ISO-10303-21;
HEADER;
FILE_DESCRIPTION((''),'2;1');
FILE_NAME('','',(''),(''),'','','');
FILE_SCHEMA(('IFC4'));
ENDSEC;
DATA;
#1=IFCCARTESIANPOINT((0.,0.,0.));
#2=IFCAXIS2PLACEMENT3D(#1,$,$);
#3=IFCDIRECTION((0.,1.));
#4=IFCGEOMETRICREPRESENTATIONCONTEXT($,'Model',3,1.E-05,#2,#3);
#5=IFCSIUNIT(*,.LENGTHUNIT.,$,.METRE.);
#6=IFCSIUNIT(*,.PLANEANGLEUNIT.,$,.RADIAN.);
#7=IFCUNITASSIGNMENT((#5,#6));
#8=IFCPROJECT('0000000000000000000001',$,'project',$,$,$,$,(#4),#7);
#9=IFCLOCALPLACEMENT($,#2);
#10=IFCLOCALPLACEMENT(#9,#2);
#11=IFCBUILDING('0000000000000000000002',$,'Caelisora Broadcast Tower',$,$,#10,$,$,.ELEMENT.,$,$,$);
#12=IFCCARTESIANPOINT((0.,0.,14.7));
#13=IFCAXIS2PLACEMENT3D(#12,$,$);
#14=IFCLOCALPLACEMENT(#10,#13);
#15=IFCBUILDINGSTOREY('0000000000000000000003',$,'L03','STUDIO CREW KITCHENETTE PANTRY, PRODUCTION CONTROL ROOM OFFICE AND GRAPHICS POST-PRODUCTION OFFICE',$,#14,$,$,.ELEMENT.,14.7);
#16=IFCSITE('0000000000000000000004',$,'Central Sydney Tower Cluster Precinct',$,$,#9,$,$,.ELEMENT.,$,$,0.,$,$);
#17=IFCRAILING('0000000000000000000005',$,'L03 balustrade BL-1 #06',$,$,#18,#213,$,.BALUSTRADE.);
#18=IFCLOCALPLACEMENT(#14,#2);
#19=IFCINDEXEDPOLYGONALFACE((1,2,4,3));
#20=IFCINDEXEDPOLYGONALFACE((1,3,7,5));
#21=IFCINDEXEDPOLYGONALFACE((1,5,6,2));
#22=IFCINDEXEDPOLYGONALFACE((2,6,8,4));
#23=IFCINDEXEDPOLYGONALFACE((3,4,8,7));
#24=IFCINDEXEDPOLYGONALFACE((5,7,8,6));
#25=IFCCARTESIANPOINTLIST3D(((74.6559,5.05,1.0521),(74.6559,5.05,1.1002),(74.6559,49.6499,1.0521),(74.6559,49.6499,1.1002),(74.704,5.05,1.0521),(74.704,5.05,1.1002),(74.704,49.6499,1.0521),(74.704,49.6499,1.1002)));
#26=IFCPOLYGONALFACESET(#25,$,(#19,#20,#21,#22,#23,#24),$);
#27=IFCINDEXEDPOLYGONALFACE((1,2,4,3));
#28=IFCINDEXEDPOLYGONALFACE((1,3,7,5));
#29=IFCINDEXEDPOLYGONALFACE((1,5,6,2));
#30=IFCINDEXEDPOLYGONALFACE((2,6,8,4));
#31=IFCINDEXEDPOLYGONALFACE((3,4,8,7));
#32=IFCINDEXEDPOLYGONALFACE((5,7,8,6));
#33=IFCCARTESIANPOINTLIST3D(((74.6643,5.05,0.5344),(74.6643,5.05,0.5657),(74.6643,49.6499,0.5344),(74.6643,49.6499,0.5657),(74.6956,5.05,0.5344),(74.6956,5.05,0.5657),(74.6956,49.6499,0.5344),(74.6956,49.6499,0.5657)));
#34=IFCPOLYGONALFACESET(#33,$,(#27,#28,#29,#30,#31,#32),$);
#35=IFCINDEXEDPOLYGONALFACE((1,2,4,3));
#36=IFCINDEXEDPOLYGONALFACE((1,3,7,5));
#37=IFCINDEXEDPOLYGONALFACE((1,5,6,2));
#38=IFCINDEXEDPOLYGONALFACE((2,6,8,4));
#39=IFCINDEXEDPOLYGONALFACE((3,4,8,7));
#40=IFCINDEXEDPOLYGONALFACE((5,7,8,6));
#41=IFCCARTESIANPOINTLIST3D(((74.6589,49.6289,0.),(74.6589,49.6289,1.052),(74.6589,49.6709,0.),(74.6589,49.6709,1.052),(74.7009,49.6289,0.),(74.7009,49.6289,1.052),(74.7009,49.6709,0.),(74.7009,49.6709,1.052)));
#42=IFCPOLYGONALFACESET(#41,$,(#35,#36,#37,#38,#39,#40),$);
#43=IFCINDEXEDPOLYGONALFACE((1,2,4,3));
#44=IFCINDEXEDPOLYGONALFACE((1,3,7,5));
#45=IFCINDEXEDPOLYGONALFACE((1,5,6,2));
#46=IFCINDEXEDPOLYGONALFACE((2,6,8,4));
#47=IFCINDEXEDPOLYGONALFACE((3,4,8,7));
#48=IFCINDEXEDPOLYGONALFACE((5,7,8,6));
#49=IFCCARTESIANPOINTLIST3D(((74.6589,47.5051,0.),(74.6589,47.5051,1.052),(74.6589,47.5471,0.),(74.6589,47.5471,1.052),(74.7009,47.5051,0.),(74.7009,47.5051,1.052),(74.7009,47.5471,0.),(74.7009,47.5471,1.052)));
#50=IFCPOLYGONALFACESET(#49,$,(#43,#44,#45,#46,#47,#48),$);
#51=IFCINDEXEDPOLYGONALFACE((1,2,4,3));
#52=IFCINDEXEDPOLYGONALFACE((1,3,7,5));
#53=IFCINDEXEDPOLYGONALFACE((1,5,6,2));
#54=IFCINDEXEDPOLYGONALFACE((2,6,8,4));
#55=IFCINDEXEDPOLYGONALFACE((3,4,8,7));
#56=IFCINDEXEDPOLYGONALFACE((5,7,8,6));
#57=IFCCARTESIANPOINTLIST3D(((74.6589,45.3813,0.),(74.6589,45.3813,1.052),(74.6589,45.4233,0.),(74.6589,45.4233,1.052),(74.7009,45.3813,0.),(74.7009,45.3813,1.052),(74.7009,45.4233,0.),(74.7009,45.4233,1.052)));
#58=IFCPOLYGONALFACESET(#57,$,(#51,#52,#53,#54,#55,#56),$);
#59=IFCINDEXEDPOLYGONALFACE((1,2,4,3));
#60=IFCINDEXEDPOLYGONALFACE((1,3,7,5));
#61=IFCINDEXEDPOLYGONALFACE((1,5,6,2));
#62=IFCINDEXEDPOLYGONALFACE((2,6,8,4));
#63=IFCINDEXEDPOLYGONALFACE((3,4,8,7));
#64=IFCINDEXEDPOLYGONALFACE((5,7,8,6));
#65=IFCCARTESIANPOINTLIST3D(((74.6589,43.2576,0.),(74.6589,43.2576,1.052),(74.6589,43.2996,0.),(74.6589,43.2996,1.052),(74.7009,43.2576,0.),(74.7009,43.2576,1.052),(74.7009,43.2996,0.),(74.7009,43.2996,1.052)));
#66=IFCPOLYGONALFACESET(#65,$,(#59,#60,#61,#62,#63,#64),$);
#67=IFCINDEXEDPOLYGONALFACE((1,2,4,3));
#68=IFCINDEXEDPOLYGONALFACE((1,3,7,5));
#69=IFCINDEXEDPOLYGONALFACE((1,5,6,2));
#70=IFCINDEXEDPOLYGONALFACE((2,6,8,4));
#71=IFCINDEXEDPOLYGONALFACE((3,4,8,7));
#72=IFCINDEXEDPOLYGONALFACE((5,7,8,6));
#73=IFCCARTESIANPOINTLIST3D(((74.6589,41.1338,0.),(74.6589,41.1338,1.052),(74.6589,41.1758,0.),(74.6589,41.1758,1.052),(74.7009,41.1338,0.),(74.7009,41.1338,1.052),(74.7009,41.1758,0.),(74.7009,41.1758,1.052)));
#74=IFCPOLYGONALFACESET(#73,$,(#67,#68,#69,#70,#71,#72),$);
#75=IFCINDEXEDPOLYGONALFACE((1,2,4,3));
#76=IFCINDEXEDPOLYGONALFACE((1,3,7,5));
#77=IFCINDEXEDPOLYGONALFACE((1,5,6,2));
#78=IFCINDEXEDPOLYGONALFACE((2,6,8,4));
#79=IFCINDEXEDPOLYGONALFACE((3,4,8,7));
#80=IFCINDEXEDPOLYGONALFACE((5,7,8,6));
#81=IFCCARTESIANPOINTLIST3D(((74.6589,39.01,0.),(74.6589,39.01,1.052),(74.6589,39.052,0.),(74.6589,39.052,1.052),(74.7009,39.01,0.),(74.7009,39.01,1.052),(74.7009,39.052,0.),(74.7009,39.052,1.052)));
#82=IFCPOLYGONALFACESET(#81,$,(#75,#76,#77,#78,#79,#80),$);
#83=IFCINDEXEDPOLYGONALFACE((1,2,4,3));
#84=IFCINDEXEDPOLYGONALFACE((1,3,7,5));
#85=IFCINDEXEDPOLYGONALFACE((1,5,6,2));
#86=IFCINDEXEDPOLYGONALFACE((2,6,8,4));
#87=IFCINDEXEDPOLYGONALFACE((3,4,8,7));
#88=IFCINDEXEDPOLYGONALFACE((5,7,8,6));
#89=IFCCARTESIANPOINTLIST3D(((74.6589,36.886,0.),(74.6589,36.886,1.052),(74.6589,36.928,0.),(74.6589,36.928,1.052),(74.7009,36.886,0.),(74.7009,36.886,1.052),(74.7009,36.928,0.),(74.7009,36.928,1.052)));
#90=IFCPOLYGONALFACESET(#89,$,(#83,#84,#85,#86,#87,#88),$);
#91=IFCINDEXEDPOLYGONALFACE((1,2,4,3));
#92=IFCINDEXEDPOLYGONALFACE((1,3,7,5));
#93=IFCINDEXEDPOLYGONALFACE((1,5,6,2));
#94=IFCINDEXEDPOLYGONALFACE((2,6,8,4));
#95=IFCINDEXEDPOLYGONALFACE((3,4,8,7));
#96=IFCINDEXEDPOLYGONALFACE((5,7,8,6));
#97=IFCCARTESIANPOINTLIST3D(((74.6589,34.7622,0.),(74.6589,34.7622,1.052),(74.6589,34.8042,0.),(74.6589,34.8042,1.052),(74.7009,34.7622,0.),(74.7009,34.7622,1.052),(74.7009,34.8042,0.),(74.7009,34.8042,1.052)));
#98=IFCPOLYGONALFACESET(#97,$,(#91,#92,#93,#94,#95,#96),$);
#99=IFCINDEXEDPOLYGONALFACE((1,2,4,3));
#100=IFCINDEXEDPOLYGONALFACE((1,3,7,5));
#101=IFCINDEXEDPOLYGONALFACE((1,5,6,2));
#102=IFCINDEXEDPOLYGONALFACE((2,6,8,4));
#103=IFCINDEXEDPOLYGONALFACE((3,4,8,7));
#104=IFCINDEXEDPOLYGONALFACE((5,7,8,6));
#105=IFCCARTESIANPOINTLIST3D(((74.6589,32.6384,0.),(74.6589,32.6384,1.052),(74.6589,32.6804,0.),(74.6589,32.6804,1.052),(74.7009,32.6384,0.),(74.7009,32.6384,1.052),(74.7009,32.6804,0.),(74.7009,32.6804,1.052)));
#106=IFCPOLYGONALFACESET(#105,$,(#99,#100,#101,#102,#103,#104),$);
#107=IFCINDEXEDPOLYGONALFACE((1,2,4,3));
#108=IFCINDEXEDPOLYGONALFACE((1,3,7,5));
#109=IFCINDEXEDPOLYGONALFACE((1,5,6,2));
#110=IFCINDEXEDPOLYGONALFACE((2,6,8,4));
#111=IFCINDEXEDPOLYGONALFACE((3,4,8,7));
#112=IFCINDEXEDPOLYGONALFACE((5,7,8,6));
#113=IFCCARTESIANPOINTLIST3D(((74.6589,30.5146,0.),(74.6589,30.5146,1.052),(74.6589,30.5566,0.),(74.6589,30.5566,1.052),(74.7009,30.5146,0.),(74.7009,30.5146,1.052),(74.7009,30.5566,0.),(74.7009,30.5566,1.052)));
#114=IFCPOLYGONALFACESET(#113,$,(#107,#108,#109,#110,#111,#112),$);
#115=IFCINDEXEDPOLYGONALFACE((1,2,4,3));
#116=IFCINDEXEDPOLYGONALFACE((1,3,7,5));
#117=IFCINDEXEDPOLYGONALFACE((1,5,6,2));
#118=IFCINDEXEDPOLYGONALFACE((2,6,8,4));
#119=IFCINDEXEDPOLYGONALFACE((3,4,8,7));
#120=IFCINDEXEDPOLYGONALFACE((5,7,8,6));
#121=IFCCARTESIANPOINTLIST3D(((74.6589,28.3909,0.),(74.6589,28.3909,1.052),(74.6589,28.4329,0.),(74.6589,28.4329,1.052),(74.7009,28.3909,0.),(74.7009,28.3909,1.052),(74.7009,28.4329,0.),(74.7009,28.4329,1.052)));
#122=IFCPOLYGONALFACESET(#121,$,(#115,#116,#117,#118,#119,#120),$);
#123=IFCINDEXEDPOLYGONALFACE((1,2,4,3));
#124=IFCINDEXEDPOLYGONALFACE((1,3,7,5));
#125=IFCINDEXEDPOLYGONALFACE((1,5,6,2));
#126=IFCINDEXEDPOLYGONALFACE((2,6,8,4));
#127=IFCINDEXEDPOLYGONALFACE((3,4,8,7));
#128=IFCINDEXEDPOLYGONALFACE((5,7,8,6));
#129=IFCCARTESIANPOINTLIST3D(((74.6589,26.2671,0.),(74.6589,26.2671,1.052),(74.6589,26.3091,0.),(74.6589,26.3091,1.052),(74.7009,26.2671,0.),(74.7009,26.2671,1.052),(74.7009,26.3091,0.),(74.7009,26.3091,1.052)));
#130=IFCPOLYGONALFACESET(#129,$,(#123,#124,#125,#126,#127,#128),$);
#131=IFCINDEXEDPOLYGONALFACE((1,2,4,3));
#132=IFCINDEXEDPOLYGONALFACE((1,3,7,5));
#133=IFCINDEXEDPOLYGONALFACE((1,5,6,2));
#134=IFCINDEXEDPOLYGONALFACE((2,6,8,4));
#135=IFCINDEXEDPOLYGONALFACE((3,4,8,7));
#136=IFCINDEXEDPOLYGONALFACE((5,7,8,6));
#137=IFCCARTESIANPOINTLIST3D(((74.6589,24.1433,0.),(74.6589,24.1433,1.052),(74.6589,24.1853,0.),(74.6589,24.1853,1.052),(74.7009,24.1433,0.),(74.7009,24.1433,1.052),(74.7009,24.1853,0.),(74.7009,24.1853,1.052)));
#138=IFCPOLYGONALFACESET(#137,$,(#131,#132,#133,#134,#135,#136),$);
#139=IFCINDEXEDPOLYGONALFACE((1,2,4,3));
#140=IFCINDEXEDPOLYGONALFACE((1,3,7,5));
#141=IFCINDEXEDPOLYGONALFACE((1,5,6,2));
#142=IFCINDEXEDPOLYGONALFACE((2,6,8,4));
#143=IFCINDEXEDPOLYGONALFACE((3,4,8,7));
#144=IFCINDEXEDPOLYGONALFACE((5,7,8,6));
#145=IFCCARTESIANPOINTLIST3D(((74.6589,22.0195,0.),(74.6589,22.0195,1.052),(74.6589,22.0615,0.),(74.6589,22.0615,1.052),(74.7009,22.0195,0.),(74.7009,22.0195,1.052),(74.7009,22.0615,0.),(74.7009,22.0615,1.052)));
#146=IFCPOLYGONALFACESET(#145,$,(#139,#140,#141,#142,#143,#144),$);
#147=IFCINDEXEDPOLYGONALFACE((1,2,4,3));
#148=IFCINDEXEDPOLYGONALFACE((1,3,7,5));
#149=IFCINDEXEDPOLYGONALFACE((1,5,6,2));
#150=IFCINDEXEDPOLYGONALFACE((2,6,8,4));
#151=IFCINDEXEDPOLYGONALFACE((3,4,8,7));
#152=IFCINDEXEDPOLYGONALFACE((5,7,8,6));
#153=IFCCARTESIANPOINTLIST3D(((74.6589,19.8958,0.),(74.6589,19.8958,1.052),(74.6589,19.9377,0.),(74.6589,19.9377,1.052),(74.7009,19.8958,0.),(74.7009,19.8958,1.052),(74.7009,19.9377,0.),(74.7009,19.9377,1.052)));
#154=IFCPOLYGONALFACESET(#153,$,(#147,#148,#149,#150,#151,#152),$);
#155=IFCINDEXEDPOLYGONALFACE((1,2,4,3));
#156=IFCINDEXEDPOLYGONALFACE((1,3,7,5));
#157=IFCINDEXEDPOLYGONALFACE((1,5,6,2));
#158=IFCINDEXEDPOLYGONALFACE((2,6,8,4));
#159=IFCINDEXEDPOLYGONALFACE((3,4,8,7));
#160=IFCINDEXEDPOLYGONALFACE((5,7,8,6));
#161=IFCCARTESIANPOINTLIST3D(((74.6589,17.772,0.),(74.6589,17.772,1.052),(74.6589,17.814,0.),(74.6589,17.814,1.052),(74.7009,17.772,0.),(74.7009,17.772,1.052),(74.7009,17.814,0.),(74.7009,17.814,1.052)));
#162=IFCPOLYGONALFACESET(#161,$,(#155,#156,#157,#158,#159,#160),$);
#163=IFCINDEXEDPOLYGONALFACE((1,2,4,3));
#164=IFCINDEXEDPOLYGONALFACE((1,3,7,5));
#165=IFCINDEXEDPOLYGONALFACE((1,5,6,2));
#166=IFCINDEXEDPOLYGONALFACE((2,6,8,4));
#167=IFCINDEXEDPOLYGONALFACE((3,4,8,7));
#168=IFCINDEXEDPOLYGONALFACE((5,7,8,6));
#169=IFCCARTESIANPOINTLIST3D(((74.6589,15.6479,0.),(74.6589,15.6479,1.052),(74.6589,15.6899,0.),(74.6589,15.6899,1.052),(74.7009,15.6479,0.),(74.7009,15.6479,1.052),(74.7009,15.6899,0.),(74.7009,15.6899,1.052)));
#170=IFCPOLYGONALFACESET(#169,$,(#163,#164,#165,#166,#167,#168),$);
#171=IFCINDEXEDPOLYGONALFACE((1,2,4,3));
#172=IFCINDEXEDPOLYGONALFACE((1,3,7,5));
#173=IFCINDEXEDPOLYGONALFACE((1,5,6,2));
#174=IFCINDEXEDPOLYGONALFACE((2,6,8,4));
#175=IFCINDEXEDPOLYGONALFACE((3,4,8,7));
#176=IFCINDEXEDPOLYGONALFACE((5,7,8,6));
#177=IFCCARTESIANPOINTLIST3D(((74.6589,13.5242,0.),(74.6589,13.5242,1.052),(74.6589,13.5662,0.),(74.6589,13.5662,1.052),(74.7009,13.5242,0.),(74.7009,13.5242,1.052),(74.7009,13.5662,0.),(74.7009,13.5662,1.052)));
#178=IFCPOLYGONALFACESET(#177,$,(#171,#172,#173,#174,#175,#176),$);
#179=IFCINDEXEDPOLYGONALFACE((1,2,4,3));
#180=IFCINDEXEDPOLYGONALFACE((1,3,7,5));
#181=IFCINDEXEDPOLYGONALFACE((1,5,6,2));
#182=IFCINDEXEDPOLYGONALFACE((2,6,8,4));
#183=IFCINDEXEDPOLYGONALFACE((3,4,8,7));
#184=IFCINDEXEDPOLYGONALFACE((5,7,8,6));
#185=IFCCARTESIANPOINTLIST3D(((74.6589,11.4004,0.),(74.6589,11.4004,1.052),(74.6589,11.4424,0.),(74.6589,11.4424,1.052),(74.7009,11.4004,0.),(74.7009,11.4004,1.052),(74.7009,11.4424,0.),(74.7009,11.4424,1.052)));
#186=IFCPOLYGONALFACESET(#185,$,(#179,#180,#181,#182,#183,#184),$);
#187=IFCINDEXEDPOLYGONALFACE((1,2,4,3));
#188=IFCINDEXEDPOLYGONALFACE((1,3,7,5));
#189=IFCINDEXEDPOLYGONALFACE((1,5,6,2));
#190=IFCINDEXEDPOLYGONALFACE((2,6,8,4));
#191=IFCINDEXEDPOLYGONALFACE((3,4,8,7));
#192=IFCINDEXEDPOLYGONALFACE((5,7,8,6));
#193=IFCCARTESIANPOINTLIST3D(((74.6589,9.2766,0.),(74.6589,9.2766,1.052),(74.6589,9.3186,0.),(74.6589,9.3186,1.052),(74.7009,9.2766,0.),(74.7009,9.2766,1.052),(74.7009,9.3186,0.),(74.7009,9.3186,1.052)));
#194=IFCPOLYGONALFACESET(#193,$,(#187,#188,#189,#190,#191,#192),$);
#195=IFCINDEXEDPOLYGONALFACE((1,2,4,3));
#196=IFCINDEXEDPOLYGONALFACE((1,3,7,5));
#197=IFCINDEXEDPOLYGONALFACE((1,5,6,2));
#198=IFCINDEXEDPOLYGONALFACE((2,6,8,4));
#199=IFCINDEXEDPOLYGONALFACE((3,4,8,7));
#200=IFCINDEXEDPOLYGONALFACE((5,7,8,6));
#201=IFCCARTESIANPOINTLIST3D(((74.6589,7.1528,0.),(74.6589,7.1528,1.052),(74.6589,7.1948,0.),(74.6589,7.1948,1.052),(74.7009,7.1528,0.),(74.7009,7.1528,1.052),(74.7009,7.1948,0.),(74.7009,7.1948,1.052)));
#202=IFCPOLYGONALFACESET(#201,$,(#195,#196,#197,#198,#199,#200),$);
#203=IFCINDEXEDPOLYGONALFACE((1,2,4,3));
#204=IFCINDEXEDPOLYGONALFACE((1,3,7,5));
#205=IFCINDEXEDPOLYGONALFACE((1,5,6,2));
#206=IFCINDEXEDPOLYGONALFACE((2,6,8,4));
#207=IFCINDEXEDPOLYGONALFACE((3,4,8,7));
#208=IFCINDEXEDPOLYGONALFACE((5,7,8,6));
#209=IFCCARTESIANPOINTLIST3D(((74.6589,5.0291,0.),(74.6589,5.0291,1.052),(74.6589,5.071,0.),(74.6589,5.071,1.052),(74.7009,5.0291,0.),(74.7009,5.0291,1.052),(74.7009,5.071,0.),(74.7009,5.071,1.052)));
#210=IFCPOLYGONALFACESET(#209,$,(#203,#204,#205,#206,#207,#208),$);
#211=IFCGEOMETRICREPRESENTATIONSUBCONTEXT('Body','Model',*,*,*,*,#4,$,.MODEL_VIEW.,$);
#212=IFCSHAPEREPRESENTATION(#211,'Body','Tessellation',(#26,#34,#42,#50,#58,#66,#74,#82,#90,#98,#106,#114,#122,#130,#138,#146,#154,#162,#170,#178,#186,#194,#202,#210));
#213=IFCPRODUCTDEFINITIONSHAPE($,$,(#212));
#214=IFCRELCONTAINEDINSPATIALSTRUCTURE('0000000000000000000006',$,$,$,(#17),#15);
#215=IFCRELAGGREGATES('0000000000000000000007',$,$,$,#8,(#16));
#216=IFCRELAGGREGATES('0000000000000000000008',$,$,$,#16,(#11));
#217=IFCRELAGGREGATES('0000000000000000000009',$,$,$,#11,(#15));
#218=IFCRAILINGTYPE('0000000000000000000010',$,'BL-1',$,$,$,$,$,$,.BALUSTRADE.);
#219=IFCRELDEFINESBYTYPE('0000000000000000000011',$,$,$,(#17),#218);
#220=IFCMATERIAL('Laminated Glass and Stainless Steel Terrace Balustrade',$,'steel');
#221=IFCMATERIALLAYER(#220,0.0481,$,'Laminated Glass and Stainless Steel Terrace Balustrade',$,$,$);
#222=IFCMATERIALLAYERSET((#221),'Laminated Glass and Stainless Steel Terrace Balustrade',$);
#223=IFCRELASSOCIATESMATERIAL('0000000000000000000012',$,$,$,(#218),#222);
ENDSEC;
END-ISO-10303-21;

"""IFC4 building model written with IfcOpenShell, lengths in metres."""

from ifc_helpers import new_model, si_unit, direction, frame, origin, origin_2d, place, context, subcontext, project, spatial, rectangle, extrude, material, layer, layer_set, type_object, element, save


model = new_model("IFC4")

# Units and contexts
model_context = context("Model", 3, precision=1e-05, world=origin(), true_north=direction((0.0, 1.0)))
body_context = subcontext(model_context, "Body", "Model", "MODEL_VIEW")
ifc_project = project(units=[si_unit("LENGTHUNIT", "METRE"), si_unit("PLANEANGLEUNIT", "RADIAN")], contexts=[model_context])

# Site, building, storey
site_placement = place(None, origin())
site = spatial("IfcSite", under=ifc_project, at=site_placement, Name="Central Sydney Tower Cluster Precinct", CompositionType="ELEMENT", RefElevation=0.0)
building_placement = place(site_placement, origin())
building = spatial("IfcBuilding", under=site, at=building_placement, Name="Caelisora Broadcast Tower", CompositionType="ELEMENT")
storey_placement = place(building_placement, frame((0.0, 0.0, 14.7)))
storey = spatial("IfcBuildingStorey", under=building, at=storey_placement, Name="L03", Description="STUDIO CREW KITCHENETTE PANTRY, PRODUCTION CONTROL ROOM OFFICE AND GRAPHICS POST-PRODUCTION OFFICE", CompositionType="ELEMENT", Elevation=14.7)

# Railing
ifc_material_1 = material(Name="Laminated Glass and Stainless Steel Terrace Balustrade", Category="steel")
ifc_layer_1 = layer(ifc_material_1, 0.0481, Name="Laminated Glass and Stainless Steel Terrace Balustrade")
ifc_layer_set_1 = layer_set([ifc_layer_1], Name="Laminated Glass and Stainless Steel Terrace Balustrade")
railing_type = type_object("IfcRailingType", Name="BL-1", PredefinedType="BALUSTRADE", material=ifc_layer_set_1)
railing_1_placement = place(storey_placement, frame((74.6799, 49.6499, 0.0)))
element("IfcRailing", 1, at=railing_1_placement, inside=storey, type_object=railing_type, Name="L03 balustrade BL-1 #06", PredefinedType="BALUSTRADE", context=body_context, shape_type="SweptSolid", body=[
    extrude(rectangle(XDim=0.0481, YDim=0.0481, at=origin_2d()), frame((0.0, 0.0, 1.0762), z_axis=(0.0, -1.0, 0.0), x_axis=(1.0, 0.0, 0.0)), (0.0, 0.0, 1.0), 44.5999),
    extrude(rectangle(XDim=0.0312, YDim=0.0312, at=origin_2d()), frame((0.0, 0.0, 0.55), z_axis=(0.0, -1.0, 0.0), x_axis=(1.0, 0.0, 0.0)), (0.0, 0.0, 1.0), 44.5999),
    extrude(rectangle(XDim=0.042, YDim=0.042, at=origin_2d()), origin(), (0.0, 0.0, 1.0), 1.052),
    extrude(rectangle(XDim=0.042, YDim=0.042, at=origin_2d()), frame((0.0, -2.1238, 0.0)), (0.0, 0.0, 1.0), 1.052),
    extrude(rectangle(XDim=0.042, YDim=0.042, at=origin_2d()), frame((0.0, -4.2476, 0.0)), (0.0, 0.0, 1.0), 1.052),
    extrude(rectangle(XDim=0.042, YDim=0.042, at=origin_2d()), frame((0.0, -6.3713, 0.0)), (0.0, 0.0, 1.0), 1.052),
    extrude(rectangle(XDim=0.042, YDim=0.042, at=origin_2d()), frame((0.0, -8.4951, 0.0)), (0.0, 0.0, 1.0), 1.052),
    extrude(rectangle(XDim=0.042, YDim=0.042, at=origin_2d()), frame((0.0, -10.6189, 0.0)), (0.0, 0.0, 1.0), 1.052),
    extrude(rectangle(XDim=0.042, YDim=0.042, at=origin_2d()), frame((0.0, -12.7429, 0.0)), (0.0, 0.0, 1.0), 1.052),
    extrude(rectangle(XDim=0.042, YDim=0.042, at=origin_2d()), frame((0.0, -14.8667, 0.0)), (0.0, 0.0, 1.0), 1.052),
    extrude(rectangle(XDim=0.042, YDim=0.042, at=origin_2d()), frame((0.0, -16.9905, 0.0)), (0.0, 0.0, 1.0), 1.052),
    extrude(rectangle(XDim=0.042, YDim=0.042, at=origin_2d()), frame((0.0, -19.1143, 0.0)), (0.0, 0.0, 1.0), 1.052),
    extrude(rectangle(XDim=0.042, YDim=0.042, at=origin_2d()), frame((0.0, -21.238, 0.0)), (0.0, 0.0, 1.0), 1.052),
    extrude(rectangle(XDim=0.042, YDim=0.042, at=origin_2d()), frame((0.0, -23.3618, 0.0)), (0.0, 0.0, 1.0), 1.052),
    extrude(rectangle(XDim=0.042, YDim=0.042, at=origin_2d()), frame((0.0, -25.4856, 0.0)), (0.0, 0.0, 1.0), 1.052),
    extrude(rectangle(XDim=0.042, YDim=0.042, at=origin_2d()), frame((0.0, -27.6094, 0.0)), (0.0, 0.0, 1.0), 1.052),
    extrude(rectangle(XDim=0.042, YDim=0.042, at=origin_2d()), frame((0.0, -29.7332, 0.0)), (0.0, 0.0, 1.0), 1.052),
    extrude(rectangle(XDim=0.042, YDim=0.042, at=origin_2d()), frame((0.0, -31.8569, 0.0)), (0.0, 0.0, 1.0), 1.052),
    extrude(rectangle(XDim=0.042, YDim=0.042, at=origin_2d()), frame((0.0, -33.981, 0.0)), (0.0, 0.0, 1.0), 1.052),
    extrude(rectangle(XDim=0.042, YDim=0.042, at=origin_2d()), frame((0.0, -36.1047, 0.0)), (0.0, 0.0, 1.0), 1.052),
    extrude(rectangle(XDim=0.042, YDim=0.042, at=origin_2d()), frame((0.0, -38.2285, 0.0)), (0.0, 0.0, 1.0), 1.052),
    extrude(rectangle(XDim=0.042, YDim=0.042, at=origin_2d()), frame((0.0, -40.3523, 0.0)), (0.0, 0.0, 1.0), 1.052),
    extrude(rectangle(XDim=0.042, YDim=0.042, at=origin_2d()), frame((0.0, -42.4761, 0.0)), (0.0, 0.0, 1.0), 1.052),
    extrude(rectangle(XDim=0.042, YDim=0.042, at=origin_2d()), frame((0.0, -44.5999, 0.0)), (0.0, 0.0, 1.0), 1.052),
])

save(model, "model.ifc")
